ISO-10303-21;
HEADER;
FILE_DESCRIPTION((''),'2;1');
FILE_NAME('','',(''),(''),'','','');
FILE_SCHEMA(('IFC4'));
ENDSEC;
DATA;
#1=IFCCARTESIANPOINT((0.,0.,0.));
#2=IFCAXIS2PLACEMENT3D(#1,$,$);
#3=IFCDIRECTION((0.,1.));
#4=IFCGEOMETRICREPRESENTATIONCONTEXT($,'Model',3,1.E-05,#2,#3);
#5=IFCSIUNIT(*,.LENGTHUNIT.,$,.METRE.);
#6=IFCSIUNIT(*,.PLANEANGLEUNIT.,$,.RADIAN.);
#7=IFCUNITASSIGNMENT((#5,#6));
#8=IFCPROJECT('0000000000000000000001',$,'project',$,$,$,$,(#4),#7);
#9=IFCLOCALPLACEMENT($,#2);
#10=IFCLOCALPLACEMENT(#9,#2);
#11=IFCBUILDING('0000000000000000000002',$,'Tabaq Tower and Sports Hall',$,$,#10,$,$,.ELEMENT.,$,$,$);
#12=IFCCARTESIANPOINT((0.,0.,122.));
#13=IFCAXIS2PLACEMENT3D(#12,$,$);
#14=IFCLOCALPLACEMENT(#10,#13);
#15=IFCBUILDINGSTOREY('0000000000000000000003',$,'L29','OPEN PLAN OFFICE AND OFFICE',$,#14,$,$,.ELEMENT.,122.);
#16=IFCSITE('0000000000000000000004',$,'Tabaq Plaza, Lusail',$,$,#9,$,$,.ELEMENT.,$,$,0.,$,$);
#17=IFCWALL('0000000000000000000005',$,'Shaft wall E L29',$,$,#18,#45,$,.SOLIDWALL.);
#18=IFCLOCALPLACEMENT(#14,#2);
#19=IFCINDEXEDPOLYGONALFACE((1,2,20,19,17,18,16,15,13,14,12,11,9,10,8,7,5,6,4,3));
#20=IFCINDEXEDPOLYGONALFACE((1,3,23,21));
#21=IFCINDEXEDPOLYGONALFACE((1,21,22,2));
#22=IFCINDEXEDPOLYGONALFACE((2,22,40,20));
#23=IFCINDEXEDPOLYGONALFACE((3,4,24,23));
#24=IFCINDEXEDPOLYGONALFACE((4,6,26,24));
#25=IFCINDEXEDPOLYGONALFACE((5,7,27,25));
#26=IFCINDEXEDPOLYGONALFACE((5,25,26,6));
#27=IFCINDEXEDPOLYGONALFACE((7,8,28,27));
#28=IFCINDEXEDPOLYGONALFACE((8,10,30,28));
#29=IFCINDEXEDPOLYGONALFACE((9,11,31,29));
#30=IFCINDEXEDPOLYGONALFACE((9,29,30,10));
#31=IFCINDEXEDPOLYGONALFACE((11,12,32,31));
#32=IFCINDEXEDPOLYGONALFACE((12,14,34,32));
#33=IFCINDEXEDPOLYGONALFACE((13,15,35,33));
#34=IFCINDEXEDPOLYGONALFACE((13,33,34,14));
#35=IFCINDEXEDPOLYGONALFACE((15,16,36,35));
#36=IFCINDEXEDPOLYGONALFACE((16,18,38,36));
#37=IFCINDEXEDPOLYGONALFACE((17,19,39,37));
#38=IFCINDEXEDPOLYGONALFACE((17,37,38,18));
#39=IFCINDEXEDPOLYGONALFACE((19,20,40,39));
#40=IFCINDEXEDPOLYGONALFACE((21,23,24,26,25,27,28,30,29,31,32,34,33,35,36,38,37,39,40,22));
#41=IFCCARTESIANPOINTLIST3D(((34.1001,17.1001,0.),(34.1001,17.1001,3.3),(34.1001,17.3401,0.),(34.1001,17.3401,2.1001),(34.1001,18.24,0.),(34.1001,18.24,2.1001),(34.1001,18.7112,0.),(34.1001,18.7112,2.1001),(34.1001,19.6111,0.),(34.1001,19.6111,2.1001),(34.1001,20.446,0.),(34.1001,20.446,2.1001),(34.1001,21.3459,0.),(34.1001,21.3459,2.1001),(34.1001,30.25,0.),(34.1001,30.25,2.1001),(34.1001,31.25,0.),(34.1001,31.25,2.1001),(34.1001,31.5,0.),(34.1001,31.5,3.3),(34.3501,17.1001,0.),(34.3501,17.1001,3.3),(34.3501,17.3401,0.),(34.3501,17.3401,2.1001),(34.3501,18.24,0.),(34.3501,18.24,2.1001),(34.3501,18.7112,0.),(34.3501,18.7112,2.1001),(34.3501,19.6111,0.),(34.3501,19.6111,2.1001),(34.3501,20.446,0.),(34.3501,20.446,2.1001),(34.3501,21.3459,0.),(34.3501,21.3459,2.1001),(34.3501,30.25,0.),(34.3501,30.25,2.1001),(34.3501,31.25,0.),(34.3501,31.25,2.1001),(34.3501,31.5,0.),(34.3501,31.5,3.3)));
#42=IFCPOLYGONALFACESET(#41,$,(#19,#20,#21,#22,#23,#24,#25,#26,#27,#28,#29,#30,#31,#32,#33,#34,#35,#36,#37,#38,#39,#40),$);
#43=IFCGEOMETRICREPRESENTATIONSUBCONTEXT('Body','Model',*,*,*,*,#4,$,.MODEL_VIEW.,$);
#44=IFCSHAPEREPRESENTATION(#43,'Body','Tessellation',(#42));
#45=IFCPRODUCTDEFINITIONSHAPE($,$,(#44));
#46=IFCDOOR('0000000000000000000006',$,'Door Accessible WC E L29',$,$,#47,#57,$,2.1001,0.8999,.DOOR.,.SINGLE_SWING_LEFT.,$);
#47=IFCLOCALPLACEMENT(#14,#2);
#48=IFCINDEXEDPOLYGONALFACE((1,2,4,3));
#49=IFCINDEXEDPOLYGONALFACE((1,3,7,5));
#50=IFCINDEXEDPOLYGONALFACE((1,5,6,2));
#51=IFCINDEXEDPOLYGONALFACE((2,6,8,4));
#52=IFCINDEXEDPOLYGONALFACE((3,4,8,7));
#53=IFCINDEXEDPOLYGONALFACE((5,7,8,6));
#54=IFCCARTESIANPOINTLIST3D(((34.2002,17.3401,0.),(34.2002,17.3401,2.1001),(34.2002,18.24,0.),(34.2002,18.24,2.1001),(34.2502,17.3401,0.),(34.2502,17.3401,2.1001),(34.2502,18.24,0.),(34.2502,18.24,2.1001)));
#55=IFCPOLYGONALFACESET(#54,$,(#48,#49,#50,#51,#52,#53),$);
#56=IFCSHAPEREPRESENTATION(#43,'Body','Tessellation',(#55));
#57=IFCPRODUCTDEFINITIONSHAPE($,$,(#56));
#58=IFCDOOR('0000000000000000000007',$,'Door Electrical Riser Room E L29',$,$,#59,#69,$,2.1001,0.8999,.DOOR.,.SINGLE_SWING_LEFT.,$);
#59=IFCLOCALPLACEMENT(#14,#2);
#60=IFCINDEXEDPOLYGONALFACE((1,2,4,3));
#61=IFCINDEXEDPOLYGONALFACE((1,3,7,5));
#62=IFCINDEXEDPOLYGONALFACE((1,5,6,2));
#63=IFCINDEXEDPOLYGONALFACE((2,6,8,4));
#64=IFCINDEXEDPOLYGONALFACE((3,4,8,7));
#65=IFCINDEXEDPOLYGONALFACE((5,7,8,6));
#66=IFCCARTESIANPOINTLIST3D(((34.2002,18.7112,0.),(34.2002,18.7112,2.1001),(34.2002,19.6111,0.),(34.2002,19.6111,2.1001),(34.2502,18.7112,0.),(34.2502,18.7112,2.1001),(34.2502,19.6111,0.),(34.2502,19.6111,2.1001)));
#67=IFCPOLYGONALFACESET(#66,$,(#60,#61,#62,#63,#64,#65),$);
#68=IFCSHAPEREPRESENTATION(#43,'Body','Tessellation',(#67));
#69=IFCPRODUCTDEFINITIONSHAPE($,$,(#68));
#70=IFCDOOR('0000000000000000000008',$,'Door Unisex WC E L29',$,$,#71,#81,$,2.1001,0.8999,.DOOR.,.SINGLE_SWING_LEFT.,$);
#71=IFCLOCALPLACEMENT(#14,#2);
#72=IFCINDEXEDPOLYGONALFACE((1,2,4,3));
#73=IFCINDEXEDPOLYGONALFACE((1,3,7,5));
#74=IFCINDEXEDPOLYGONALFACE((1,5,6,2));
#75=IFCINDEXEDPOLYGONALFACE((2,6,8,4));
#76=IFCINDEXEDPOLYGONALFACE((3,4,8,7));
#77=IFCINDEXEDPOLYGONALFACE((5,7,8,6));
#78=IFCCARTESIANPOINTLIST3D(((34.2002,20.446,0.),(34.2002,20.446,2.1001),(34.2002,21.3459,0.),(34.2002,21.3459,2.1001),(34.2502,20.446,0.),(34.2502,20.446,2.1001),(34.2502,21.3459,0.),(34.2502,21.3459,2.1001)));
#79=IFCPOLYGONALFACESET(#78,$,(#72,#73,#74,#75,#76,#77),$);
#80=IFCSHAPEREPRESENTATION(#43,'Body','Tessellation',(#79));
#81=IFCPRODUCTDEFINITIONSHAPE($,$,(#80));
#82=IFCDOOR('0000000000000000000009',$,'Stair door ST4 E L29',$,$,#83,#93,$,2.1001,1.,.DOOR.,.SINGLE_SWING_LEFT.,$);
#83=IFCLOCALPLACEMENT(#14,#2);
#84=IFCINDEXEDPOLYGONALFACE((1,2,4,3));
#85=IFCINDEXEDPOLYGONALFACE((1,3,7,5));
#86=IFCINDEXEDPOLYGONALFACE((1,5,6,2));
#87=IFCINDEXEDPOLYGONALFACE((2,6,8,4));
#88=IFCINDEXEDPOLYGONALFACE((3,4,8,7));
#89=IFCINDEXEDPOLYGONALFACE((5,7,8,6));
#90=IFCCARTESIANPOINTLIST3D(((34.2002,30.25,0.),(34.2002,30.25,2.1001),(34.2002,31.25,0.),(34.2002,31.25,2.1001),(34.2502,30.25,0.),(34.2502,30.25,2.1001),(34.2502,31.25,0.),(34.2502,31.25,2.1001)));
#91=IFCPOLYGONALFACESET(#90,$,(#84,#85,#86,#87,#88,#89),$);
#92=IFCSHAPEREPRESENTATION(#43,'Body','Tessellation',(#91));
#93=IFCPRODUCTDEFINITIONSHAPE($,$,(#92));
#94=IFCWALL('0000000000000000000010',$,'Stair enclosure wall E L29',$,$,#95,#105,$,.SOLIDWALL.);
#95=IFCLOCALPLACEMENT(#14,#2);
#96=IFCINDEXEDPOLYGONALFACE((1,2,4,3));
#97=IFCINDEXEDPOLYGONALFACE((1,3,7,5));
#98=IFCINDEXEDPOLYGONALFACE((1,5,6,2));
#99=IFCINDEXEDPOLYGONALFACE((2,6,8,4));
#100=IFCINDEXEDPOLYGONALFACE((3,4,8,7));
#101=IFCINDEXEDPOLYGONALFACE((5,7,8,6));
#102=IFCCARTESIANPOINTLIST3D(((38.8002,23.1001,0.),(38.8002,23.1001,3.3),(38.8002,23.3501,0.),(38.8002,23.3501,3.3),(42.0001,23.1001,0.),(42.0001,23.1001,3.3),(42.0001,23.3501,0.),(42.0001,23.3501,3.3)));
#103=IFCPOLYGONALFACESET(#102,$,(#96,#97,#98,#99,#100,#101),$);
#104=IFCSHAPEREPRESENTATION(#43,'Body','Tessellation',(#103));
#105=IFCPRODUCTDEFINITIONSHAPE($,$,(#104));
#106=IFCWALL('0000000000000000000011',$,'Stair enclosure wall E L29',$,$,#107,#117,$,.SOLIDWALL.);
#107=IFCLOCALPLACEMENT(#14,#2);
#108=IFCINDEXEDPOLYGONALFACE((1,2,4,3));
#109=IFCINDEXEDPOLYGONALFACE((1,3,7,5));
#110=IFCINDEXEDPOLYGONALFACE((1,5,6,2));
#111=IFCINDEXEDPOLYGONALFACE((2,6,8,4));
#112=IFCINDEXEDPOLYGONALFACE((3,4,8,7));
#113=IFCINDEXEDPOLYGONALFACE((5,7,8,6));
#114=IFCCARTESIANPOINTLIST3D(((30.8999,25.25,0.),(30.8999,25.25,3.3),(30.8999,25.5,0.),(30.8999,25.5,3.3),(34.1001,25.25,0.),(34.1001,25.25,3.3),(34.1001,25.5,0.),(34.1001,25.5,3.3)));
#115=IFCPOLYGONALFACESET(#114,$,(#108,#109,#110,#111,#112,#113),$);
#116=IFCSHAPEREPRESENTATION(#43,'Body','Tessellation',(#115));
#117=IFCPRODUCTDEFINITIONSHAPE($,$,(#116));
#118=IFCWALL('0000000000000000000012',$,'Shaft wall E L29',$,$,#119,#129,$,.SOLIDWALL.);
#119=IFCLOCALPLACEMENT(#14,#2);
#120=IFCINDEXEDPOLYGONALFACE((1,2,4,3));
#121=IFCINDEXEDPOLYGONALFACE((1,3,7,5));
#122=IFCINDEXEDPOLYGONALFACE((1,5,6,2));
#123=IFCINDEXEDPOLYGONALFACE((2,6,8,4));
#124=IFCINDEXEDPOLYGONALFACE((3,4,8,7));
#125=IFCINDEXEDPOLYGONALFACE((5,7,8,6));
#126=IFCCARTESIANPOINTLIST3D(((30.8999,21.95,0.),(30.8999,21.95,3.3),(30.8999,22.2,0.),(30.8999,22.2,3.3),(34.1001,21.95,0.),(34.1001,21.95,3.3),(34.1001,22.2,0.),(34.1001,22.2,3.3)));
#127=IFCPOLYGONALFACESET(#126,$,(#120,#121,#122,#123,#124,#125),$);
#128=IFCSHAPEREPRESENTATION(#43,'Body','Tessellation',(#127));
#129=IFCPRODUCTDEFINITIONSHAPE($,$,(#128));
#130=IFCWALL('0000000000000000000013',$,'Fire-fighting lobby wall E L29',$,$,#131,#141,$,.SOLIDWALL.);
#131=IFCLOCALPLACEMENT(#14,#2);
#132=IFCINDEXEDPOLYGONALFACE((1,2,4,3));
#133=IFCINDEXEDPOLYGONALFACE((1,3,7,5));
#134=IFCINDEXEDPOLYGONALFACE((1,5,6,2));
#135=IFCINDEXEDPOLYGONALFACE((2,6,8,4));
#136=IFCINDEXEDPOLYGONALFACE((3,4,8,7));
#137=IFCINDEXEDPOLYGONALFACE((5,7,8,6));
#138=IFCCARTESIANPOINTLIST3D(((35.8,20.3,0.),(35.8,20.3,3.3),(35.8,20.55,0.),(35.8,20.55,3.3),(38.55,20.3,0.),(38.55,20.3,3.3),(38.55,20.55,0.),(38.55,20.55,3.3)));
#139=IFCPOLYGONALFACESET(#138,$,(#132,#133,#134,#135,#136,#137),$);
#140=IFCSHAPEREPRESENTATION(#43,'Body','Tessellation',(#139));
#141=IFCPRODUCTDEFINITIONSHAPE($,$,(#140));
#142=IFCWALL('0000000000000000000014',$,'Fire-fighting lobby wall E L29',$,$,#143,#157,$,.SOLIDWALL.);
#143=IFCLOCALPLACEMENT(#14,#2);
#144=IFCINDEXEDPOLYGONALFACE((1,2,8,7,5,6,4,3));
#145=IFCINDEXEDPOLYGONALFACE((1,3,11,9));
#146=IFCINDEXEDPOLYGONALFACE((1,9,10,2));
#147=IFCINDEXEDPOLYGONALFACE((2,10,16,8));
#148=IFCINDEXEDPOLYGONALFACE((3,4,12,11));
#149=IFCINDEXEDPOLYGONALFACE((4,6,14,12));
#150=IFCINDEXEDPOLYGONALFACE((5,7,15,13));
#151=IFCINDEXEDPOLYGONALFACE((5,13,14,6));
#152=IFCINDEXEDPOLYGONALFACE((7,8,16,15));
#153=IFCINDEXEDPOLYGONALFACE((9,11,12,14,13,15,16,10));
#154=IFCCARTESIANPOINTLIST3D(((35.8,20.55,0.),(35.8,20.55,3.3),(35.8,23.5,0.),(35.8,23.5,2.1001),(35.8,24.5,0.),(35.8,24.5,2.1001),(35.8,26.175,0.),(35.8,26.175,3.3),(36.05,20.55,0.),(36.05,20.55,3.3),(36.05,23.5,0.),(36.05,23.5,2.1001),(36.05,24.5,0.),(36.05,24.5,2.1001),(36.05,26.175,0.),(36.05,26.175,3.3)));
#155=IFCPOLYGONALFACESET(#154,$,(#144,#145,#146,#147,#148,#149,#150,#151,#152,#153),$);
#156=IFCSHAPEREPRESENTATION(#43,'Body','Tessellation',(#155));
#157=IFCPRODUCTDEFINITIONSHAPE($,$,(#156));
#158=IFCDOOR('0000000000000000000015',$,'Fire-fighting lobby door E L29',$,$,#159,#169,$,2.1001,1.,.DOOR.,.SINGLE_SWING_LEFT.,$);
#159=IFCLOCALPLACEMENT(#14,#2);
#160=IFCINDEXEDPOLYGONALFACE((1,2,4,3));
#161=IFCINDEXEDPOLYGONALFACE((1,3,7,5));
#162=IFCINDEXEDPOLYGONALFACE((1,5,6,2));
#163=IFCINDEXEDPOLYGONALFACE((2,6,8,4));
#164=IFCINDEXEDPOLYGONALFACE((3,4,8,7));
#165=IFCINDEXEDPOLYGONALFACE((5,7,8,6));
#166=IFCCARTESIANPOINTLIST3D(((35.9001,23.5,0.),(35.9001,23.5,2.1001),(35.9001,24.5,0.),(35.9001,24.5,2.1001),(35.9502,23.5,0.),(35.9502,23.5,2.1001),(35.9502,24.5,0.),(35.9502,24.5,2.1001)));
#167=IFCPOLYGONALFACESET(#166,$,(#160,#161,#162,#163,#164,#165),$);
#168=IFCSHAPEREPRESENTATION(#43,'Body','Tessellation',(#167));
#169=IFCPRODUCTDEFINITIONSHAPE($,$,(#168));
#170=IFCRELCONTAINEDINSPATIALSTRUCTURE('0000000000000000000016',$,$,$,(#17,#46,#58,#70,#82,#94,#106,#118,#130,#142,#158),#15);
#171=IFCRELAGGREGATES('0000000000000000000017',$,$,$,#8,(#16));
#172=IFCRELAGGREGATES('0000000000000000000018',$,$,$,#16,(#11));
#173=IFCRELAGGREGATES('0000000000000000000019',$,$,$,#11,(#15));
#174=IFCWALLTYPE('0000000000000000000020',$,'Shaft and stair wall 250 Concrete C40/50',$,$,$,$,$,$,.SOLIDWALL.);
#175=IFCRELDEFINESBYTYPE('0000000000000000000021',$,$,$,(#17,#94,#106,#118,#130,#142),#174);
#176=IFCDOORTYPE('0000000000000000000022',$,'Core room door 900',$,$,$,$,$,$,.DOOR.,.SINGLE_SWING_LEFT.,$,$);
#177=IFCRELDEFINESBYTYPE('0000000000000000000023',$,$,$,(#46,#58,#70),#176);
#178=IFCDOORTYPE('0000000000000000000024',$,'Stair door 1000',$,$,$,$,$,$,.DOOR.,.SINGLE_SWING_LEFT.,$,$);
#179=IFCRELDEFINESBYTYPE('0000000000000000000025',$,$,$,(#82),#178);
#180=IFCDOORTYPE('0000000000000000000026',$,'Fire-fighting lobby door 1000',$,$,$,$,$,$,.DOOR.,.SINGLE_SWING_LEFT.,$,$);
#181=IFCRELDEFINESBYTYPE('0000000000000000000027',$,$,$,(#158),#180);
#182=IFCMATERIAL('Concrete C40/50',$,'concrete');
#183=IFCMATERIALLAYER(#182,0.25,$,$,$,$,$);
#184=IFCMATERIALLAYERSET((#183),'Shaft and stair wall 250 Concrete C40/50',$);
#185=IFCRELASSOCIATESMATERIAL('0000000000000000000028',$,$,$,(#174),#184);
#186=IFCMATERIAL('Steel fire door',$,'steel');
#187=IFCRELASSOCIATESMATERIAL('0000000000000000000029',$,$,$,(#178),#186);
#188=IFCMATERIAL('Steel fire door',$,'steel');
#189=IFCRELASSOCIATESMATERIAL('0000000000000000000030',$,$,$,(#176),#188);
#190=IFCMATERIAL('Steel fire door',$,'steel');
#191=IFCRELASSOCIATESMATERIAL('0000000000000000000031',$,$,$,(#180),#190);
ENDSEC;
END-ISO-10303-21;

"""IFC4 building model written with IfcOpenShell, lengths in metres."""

from ifc_helpers import new_model, si_unit, direction, frame, frame_2d, origin, place, context, subcontext, project, spatial, rectangle, extrude, material, layer, layer_set, type_object, element, fill, save


model = new_model("IFC4")

# Units and contexts
model_context = context("Model", 3, precision=1e-05, world=origin(), true_north=direction((0.0, 1.0)))
body_context = subcontext(model_context, "Body", "Model", "MODEL_VIEW")
ifc_project = project(units=[si_unit("LENGTHUNIT", "METRE"), si_unit("PLANEANGLEUNIT", "RADIAN")], contexts=[model_context])

# Site, building, storey
site_placement = place(None, origin())
site = spatial("IfcSite", under=ifc_project, at=site_placement, Name="Tabaq Plaza, Lusail", CompositionType="ELEMENT", RefElevation=0.0)
building_placement = place(site_placement, origin())
building = spatial("IfcBuilding", under=site, at=building_placement, Name="Tabaq Tower and Sports Hall", CompositionType="ELEMENT")
storey_placement = place(building_placement, frame((0.0, 0.0, 122.0)))
storey = spatial("IfcBuildingStorey", under=building, at=storey_placement, Name="L29", Description="OPEN PLAN OFFICE AND OFFICE", CompositionType="ELEMENT", Elevation=122.0)

# Wall, openings, doors
ifc_material_1 = material(Name="Concrete C40/50", Category="concrete")
ifc_layer_1 = layer(ifc_material_1, 0.25)
ifc_layer_set_1 = layer_set([ifc_layer_1], Name="Shaft and stair wall 250 Concrete C40/50")
wall_type_1 = type_object("IfcWallType", Name="Shaft and stair wall 250 Concrete C40/50", PredefinedType="SOLIDWALL", material=ifc_layer_set_1)
ifc_material_2 = material(Name="Steel fire door", Category="steel")
door_type_1 = type_object("IfcDoorType", Name="Stair door 1000", OperationType="SINGLE_SWING_LEFT", PredefinedType="DOOR", material=ifc_material_2)
wall_1_placement = place(storey_placement, frame((34.2251, 17.1001, 0.0), z_axis=(0.0, 0.0, 1.0), x_axis=(0.0, 1.0, 0.0)))
wall_1 = element("IfcWall", 1, at=wall_1_placement, inside=storey, type_object=wall_type_1, Name="Shaft wall E L29", PredefinedType="SOLIDWALL", context=body_context, shape_type="SweptSolid", body=[
    extrude(rectangle(XDim=14.3999, YDim=0.25, at=frame_2d((7.2, 0.0))), origin(), (0.0, 0.0, 1.0), 3.3),
])
opening_1_placement = place(wall_1_placement, frame((13.1499, 0.0, 0.0)))
opening_1 = element("IfcOpeningElement", 2, at=opening_1_placement, cuts=wall_1, PredefinedType="OPENING", context=body_context, shape_type="SweptSolid", body=[
    extrude(rectangle(XDim=1.0, YDim=2.1001, at=frame_2d((0.5, 1.05))), frame((0.0, 0.125, 0.0), z_axis=(0.0, -1.0, 0.0), x_axis=(1.0, 0.0, 0.0)), (0.0, 0.0, 1.0), 0.25),
])
opening_2_placement = place(wall_1_placement, frame((0.24, 0.0, 0.0)))
opening_2 = element("IfcOpeningElement", 3, at=opening_2_placement, cuts=wall_1, PredefinedType="OPENING", context=body_context, shape_type="SweptSolid", body=[
    extrude(rectangle(XDim=0.8999, YDim=2.1001, at=frame_2d((0.45, 1.05))), frame((0.0, 0.125, 0.0), z_axis=(0.0, -1.0, 0.0), x_axis=(1.0, 0.0, 0.0)), (0.0, 0.0, 1.0), 0.25),
])
opening_3_placement = place(wall_1_placement, frame((1.6111, 0.0, 0.0)))
opening_3 = element("IfcOpeningElement", 4, at=opening_3_placement, cuts=wall_1, PredefinedType="OPENING", context=body_context, shape_type="SweptSolid", body=[
    extrude(rectangle(XDim=0.8999, YDim=2.1001, at=frame_2d((0.45, 1.05))), frame((0.0, 0.125, 0.0), z_axis=(0.0, -1.0, 0.0), x_axis=(1.0, 0.0, 0.0)), (0.0, 0.0, 1.0), 0.25),
])
opening_4_placement = place(wall_1_placement, frame((3.3459, 0.0, 0.0)))
opening_4 = element("IfcOpeningElement", 5, at=opening_4_placement, cuts=wall_1, PredefinedType="OPENING", context=body_context, shape_type="SweptSolid", body=[
    extrude(rectangle(XDim=0.8999, YDim=2.1001, at=frame_2d((0.45, 1.05))), frame((0.0, 0.125, 0.0), z_axis=(0.0, -1.0, 0.0), x_axis=(1.0, 0.0, 0.0)), (0.0, 0.0, 1.0), 0.25),
])
ifc_material_3 = material(Name="Steel fire door", Category="steel")
door_type_2 = type_object("IfcDoorType", Name="Core room door 900", OperationType="SINGLE_SWING_LEFT", PredefinedType="DOOR", material=ifc_material_3)
door_1_placement = place(opening_2_placement, origin())
door_1 = element("IfcDoor", 6, at=door_1_placement, inside=storey, type_object=door_type_2, Name="Door Accessible WC E L29", OperationType="SINGLE_SWING_LEFT", OverallHeight=2.1001, OverallWidth=0.8999, PredefinedType="DOOR", context=body_context, shape_type="SweptSolid", body=[
    extrude(rectangle(XDim=0.8999, YDim=2.1001, at=frame_2d((0.45, 1.05))), frame((0.0, 0.0249, 0.0), z_axis=(0.0, -1.0, 0.0), x_axis=(1.0, 0.0, 0.0)), (0.0, 0.0, 1.0), 0.05),
])
fill(opening_2, door_1)
door_2_placement = place(opening_3_placement, origin())
door_2 = element("IfcDoor", 7, at=door_2_placement, inside=storey, type_object=door_type_2, Name="Door Electrical Riser Room E L29", OperationType="SINGLE_SWING_LEFT", OverallHeight=2.1001, OverallWidth=0.8999, PredefinedType="DOOR", context=body_context, shape_type="SweptSolid", body=[
    extrude(rectangle(XDim=0.8999, YDim=2.1001, at=frame_2d((0.45, 1.05))), frame((0.0, 0.0249, 0.0), z_axis=(0.0, -1.0, 0.0), x_axis=(1.0, 0.0, 0.0)), (0.0, 0.0, 1.0), 0.05),
])
fill(opening_3, door_2)
door_3_placement = place(opening_4_placement, origin())
door_3 = element("IfcDoor", 8, at=door_3_placement, inside=storey, type_object=door_type_2, Name="Door Unisex WC E L29", OperationType="SINGLE_SWING_LEFT", OverallHeight=2.1001, OverallWidth=0.8999, PredefinedType="DOOR", context=body_context, shape_type="SweptSolid", body=[
    extrude(rectangle(XDim=0.8999, YDim=2.1001, at=frame_2d((0.45, 1.05))), frame((0.0, 0.0249, 0.0), z_axis=(0.0, -1.0, 0.0), x_axis=(1.0, 0.0, 0.0)), (0.0, 0.0, 1.0), 0.05),
])
fill(opening_4, door_3)
door_4_placement = place(opening_1_placement, origin())
door_4 = element("IfcDoor", 9, at=door_4_placement, inside=storey, type_object=door_type_1, Name="Stair door ST4 E L29", OperationType="SINGLE_SWING_LEFT", OverallHeight=2.1001, OverallWidth=1.0, PredefinedType="DOOR", context=body_context, shape_type="SweptSolid", body=[
    extrude(rectangle(XDim=1.0, YDim=2.1001, at=frame_2d((0.5, 1.05))), frame((0.0, 0.0249, 0.0), z_axis=(0.0, -1.0, 0.0), x_axis=(1.0, 0.0, 0.0)), (0.0, 0.0, 1.0), 0.05),
])
fill(opening_1, door_4)

# Walls
wall_2_placement = place(storey_placement, frame((38.8, 23.2251, 0.0), z_axis=(0.0, 0.0, 1.0), x_axis=(1.0, 0.0, 0.0)))
element("IfcWall", 10, at=wall_2_placement, inside=storey, type_object=wall_type_1, Name="Stair enclosure wall E L29", PredefinedType="SOLIDWALL", context=body_context, shape_type="SweptSolid", body=[
    extrude(rectangle(XDim=3.2, YDim=0.25, at=frame_2d((1.6001, 0.0))), origin(), (0.0, 0.0, 1.0), 3.3),
])
for number, where, z_axis, x_axis, name in (
    (11, (30.8999, 25.375, 0.0), (0.0, 0.0, 1.0), (1.0, 0.0, 0.0), "Stair enclosure wall E L29"),
    (12, (30.8999, 22.075, 0.0), (0.0, 0.0, 1.0), (1.0, 0.0, 0.0), "Shaft wall E L29"),
):
    element("IfcWall", number, at=place(storey_placement, frame(where, z_axis=z_axis, x_axis=x_axis)), inside=storey, type_object=wall_type_1, Name=name, PredefinedType="SOLIDWALL", context=body_context, shape_type="SweptSolid", body=[
        extrude(rectangle(XDim=3.2002, YDim=0.25, at=frame_2d((1.6001, 0.0))), origin(), (0.0, 0.0, 1.0), 3.3),
    ])
wall_3_placement = place(storey_placement, frame((35.8, 20.425, 0.0), z_axis=(0.0, 0.0, 1.0), x_axis=(1.0, 0.0, 0.0)))
element("IfcWall", 13, at=wall_3_placement, inside=storey, type_object=wall_type_1, Name="Fire-fighting lobby wall E L29", PredefinedType="SOLIDWALL", context=body_context, shape_type="SweptSolid", body=[
    extrude(rectangle(XDim=2.75, YDim=0.25, at=frame_2d((1.375, 0.0))), origin(), (0.0, 0.0, 1.0), 3.3),
])

# Wall, opening, door
wall_4_placement = place(storey_placement, frame((35.925, 20.55, 0.0), z_axis=(0.0, 0.0, 1.0), x_axis=(0.0, 1.0, 0.0)))
wall_4 = element("IfcWall", 14, at=wall_4_placement, inside=storey, type_object=wall_type_1, Name="Fire-fighting lobby wall E L29", PredefinedType="SOLIDWALL", context=body_context, shape_type="SweptSolid", body=[
    extrude(rectangle(XDim=5.625, YDim=0.25, at=frame_2d((2.8125, 0.0))), origin(), (0.0, 0.0, 1.0), 3.3),
])
opening_5_placement = place(wall_4_placement, frame((2.95, 0.0, 0.0)))
opening_5 = element("IfcOpeningElement", 15, at=opening_5_placement, cuts=wall_4, PredefinedType="OPENING", context=body_context, shape_type="SweptSolid", body=[
    extrude(rectangle(XDim=1.0, YDim=2.1001, at=frame_2d((0.5, 1.05))), frame((0.0, 0.125, 0.0), z_axis=(0.0, -1.0, 0.0), x_axis=(1.0, 0.0, 0.0)), (0.0, 0.0, 1.0), 0.25),
])
ifc_material_4 = material(Name="Steel fire door", Category="steel")
door_type_3 = type_object("IfcDoorType", Name="Fire-fighting lobby door 1000", OperationType="SINGLE_SWING_LEFT", PredefinedType="DOOR", material=ifc_material_4)
door_5_placement = place(opening_5_placement, origin())
door_5 = element("IfcDoor", 16, at=door_5_placement, inside=storey, type_object=door_type_3, Name="Fire-fighting lobby door E L29", OperationType="SINGLE_SWING_LEFT", OverallHeight=2.1001, OverallWidth=1.0, PredefinedType="DOOR", context=body_context, shape_type="SweptSolid", body=[
    extrude(rectangle(XDim=1.0, YDim=2.1001, at=frame_2d((0.5, 1.05))), frame((0.0, 0.0249, 0.0), z_axis=(0.0, -1.0, 0.0), x_axis=(1.0, 0.0, 0.0)), (0.0, 0.0, 1.0), 0.05),
])
fill(opening_5, door_5)

save(model, "model.ifc")
